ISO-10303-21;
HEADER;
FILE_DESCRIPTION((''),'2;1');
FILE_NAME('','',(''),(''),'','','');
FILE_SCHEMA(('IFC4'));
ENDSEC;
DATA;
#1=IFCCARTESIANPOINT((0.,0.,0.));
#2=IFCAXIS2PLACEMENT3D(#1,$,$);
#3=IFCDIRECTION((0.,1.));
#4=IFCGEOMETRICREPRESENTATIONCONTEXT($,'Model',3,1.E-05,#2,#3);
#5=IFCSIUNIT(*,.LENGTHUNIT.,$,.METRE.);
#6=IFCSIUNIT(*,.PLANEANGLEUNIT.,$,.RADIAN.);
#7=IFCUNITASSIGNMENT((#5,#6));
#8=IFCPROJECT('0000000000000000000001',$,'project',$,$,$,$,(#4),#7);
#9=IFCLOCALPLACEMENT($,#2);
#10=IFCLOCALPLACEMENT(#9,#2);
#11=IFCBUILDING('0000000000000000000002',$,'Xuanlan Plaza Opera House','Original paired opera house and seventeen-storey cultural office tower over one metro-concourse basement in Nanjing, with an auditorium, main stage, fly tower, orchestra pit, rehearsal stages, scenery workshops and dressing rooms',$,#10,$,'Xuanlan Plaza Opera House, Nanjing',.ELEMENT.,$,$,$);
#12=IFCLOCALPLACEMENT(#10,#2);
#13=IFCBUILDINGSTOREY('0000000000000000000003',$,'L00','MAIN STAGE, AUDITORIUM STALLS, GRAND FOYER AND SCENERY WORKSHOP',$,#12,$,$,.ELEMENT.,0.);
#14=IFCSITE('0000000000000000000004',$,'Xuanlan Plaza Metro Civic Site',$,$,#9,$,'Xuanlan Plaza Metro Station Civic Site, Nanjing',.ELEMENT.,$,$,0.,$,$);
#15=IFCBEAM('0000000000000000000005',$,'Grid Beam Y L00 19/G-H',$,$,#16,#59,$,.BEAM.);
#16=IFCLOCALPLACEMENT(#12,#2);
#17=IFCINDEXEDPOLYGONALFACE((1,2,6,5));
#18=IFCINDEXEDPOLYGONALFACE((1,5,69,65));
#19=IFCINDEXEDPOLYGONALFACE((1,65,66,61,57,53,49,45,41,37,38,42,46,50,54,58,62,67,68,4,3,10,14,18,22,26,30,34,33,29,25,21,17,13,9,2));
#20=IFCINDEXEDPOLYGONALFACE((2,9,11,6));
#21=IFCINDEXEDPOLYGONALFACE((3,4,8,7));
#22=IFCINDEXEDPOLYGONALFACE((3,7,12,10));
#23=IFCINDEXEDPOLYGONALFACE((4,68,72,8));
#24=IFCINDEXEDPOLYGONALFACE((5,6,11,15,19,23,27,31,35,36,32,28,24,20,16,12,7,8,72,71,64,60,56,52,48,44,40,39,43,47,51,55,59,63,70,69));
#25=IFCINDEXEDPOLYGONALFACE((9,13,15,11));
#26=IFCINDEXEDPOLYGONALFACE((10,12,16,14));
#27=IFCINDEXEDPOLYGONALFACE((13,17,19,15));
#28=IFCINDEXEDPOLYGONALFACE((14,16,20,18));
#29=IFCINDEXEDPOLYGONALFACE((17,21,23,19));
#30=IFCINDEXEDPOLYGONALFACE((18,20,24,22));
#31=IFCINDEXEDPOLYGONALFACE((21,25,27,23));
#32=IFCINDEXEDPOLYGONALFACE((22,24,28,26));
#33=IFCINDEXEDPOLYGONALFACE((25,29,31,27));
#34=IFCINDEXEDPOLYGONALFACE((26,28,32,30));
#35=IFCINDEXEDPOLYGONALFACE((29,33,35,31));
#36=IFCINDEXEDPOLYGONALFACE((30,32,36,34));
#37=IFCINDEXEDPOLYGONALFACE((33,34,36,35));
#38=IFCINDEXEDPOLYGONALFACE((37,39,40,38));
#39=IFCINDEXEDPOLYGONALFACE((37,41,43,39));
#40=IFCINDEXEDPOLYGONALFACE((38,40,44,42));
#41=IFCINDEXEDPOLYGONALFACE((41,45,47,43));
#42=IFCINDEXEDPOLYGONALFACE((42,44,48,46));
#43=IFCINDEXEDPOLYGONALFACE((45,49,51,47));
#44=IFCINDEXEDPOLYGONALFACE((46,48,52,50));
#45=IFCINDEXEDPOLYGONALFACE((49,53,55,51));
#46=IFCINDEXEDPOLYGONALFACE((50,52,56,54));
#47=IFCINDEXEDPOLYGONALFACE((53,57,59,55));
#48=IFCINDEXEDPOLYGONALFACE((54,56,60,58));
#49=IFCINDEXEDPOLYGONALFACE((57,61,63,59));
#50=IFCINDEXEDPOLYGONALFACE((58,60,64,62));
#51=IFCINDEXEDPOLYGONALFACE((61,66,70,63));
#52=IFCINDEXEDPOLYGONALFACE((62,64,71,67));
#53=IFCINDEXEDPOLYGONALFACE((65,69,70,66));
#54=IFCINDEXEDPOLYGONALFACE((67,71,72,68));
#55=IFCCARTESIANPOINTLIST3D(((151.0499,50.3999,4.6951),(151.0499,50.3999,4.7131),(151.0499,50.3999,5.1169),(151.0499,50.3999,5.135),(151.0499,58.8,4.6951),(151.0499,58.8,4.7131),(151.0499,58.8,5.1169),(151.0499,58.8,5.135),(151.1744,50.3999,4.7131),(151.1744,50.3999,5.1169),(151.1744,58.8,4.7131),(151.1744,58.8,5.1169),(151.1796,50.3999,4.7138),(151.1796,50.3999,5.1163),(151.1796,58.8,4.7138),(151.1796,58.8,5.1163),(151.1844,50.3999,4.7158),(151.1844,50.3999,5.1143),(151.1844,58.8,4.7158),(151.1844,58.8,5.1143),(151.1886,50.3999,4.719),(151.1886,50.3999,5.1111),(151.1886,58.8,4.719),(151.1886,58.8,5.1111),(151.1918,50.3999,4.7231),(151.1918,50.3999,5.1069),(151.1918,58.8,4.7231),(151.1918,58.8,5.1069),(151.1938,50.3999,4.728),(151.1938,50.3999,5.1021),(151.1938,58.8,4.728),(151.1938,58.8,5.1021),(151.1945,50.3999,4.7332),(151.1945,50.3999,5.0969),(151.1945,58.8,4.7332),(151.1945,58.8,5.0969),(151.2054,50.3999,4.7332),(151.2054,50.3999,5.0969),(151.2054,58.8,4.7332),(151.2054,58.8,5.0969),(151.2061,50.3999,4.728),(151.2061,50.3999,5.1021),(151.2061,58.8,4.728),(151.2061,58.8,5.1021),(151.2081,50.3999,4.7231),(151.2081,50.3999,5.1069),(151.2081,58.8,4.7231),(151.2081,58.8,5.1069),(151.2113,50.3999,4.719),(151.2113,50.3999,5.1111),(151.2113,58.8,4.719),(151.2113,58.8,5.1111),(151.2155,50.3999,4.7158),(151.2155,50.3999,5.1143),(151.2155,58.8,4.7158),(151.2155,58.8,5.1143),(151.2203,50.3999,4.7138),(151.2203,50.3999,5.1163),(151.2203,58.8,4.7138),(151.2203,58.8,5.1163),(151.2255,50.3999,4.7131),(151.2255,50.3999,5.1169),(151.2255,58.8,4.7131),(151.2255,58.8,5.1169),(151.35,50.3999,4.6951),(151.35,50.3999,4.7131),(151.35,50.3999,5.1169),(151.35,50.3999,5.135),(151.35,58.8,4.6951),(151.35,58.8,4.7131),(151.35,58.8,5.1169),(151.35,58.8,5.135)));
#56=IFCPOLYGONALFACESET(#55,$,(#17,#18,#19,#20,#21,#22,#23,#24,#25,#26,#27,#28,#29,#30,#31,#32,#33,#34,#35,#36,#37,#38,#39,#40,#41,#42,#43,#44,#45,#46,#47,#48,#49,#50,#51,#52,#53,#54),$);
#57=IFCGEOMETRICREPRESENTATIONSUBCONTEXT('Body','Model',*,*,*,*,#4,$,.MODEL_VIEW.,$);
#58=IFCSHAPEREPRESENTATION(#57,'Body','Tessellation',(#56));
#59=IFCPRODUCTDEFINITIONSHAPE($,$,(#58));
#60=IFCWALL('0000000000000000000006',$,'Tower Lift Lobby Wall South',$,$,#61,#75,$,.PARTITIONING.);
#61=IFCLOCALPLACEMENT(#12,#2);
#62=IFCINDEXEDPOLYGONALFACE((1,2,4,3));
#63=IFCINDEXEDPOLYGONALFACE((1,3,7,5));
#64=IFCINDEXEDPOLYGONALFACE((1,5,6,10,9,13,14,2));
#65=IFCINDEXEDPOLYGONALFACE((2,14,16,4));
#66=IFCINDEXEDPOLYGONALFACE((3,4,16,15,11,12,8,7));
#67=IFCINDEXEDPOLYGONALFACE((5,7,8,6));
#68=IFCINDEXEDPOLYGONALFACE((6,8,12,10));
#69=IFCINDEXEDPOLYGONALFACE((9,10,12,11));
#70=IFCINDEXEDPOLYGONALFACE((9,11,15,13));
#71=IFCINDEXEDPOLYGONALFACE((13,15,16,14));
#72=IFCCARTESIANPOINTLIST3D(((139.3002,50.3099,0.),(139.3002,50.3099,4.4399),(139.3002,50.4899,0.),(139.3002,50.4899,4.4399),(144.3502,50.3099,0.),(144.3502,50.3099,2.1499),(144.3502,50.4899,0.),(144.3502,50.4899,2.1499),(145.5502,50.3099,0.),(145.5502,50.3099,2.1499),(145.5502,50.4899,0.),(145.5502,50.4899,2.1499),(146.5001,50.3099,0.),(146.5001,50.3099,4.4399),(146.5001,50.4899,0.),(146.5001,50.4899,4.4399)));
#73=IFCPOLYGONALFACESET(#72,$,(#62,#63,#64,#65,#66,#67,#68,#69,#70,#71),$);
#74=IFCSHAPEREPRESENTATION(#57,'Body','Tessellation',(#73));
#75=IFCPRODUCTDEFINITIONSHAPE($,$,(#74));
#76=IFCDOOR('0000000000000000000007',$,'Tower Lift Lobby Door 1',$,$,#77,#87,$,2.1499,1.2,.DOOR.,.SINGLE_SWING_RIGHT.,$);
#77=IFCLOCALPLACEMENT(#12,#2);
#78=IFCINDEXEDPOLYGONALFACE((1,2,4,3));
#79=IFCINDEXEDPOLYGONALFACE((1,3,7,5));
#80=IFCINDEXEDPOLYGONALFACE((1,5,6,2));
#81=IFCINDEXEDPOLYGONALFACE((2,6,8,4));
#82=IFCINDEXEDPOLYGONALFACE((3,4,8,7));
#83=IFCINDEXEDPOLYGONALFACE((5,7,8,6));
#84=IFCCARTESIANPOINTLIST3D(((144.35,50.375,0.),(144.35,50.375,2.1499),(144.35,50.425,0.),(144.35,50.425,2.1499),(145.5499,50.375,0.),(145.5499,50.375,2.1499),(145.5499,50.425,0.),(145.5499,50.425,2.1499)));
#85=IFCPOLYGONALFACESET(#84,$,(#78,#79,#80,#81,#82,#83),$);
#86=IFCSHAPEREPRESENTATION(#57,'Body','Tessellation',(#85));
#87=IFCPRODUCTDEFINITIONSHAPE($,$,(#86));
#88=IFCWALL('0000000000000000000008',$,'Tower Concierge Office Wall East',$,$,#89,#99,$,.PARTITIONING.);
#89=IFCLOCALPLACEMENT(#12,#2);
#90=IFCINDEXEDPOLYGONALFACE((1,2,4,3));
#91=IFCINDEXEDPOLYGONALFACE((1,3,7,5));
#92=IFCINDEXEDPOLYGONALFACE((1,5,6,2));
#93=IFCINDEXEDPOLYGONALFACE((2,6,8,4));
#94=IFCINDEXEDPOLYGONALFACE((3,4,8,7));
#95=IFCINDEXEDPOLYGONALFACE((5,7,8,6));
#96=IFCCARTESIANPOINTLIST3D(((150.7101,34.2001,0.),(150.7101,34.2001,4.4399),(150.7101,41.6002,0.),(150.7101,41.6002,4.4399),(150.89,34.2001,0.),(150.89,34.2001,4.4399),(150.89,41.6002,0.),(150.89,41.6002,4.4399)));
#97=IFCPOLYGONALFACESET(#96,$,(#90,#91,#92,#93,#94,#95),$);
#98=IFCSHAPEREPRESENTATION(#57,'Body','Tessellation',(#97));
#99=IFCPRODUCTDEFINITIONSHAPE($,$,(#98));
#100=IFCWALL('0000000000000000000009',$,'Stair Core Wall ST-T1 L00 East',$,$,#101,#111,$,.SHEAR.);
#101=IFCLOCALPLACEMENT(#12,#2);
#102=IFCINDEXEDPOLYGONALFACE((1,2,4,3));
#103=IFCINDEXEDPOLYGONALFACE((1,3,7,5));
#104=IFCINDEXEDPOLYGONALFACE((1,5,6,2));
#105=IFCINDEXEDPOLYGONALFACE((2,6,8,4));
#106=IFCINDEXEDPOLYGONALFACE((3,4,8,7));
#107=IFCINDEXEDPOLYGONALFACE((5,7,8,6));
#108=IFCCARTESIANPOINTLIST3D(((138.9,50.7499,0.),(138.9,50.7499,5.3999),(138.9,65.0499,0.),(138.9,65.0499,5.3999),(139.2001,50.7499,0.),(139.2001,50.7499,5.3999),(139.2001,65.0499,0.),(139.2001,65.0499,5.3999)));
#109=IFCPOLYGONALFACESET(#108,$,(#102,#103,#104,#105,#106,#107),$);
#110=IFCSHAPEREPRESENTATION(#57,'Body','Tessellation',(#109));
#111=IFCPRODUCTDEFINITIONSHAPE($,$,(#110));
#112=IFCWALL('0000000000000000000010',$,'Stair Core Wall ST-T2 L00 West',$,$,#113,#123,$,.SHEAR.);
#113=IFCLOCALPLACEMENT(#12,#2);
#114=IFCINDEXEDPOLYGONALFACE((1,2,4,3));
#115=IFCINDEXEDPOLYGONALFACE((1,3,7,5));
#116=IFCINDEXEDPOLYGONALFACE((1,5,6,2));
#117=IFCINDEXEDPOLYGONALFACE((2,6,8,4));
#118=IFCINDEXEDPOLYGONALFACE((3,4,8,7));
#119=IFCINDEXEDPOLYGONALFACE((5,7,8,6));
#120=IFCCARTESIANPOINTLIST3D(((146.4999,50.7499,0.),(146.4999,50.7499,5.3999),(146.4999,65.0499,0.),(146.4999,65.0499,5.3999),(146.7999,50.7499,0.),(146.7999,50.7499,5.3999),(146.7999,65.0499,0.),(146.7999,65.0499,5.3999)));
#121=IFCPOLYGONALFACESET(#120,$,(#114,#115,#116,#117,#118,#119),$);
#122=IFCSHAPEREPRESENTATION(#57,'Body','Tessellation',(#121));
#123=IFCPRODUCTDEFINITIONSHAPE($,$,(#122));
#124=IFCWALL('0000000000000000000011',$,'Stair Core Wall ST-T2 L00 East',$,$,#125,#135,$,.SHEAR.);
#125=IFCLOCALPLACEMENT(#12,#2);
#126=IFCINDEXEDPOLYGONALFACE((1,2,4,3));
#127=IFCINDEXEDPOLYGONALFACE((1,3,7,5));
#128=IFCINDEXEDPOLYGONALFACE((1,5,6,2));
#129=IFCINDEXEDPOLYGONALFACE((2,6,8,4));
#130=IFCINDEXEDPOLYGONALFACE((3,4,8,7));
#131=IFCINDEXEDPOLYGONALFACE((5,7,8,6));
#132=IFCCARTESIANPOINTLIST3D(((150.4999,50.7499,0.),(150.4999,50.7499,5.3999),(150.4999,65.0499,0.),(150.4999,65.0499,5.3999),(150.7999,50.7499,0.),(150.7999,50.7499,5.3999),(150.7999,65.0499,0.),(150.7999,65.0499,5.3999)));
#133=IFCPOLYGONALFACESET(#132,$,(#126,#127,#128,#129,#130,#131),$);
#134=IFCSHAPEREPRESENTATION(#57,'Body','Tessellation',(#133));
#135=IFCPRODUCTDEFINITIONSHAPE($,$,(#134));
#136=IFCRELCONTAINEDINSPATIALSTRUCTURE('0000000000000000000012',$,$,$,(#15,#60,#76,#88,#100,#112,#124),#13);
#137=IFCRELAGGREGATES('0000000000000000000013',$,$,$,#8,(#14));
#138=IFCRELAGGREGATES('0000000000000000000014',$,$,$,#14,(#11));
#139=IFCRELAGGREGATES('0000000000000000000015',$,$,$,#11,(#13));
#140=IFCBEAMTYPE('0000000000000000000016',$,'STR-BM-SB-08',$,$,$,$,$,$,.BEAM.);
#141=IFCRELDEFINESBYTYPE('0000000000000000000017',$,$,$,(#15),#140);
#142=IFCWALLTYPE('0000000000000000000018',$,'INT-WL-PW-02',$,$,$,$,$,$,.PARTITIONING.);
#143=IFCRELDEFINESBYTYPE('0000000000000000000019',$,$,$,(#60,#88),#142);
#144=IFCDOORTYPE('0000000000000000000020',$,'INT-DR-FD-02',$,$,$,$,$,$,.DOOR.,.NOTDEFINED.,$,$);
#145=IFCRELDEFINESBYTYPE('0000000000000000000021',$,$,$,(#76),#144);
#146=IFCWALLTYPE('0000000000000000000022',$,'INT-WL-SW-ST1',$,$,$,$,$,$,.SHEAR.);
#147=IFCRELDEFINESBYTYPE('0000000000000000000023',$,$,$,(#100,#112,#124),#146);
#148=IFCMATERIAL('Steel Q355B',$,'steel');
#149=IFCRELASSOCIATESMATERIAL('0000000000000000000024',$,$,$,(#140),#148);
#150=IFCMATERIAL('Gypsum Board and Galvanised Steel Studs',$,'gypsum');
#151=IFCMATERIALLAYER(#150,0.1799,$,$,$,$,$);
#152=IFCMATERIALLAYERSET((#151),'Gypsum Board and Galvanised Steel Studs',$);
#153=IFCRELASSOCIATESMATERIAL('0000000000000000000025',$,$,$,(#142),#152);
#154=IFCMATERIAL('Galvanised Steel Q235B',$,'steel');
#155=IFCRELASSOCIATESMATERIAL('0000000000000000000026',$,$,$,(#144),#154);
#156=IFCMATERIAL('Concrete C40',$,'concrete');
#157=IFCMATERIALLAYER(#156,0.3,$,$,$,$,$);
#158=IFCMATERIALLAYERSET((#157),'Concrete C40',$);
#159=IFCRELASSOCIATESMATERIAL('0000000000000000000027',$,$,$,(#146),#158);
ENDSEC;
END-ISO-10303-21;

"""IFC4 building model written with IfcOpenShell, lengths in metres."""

from ifc_helpers import new_model, si_unit, direction, frame, frame_2d, origin, origin_2d, place, context, subcontext, project, spatial, rectangle, i_section, extrude, material, layer, layer_set, material_profile, profile_set, type_object, element, fill, save


model = new_model("IFC4")

# Units and contexts
model_context = context("Model", 3, precision=1e-05, world=origin(), true_north=direction((0.0, 1.0)))
body_context = subcontext(model_context, "Body", "Model", "MODEL_VIEW")
ifc_project = project(units=[si_unit("LENGTHUNIT", "METRE"), si_unit("PLANEANGLEUNIT", "RADIAN")], contexts=[model_context])

# Site, building, storey
site_placement = place(None, origin())
site = spatial("IfcSite", under=ifc_project, at=site_placement, Name="Xuanlan Plaza Metro Civic Site", LongName="Xuanlan Plaza Metro Station Civic Site, Nanjing", CompositionType="ELEMENT", RefElevation=0.0)
building_placement = place(site_placement, origin())
building = spatial("IfcBuilding", under=site, at=building_placement, Name="Xuanlan Plaza Opera House", Description="Original paired opera house and seventeen-storey cultural office tower over one metro-concourse basement in Nanjing, with an auditorium, main stage, fly tower, orchestra pit, rehearsal stages, scenery workshops and dressing rooms", LongName="Xuanlan Plaza Opera House, Nanjing", CompositionType="ELEMENT")
storey_placement = place(building_placement, origin())
storey = spatial("IfcBuildingStorey", under=building, at=storey_placement, Name="L00", Description="MAIN STAGE, AUDITORIUM STALLS, GRAND FOYER AND SCENERY WORKSHOP", CompositionType="ELEMENT", Elevation=0.0)

# Beam
ifc_material_1 = material(Name="Concrete C40", Category="concrete")
ifc_material_2 = material(Name="Steel Q355B", Category="steel")
ifc_material_profile_1 = material_profile(ifc_material_2, i_section(OverallWidth=0.3, OverallDepth=0.4399, WebThickness=0.011, FlangeThickness=0.0181, FilletRadius=0.02, at=origin_2d()), Name="HM 440x300x11x18")
ifc_profile_set_1 = profile_set([ifc_material_profile_1], Name="Steel Q355B")
beam_type_1 = type_object("IfcBeamType", Name="STR-BM-SB-08", PredefinedType="BEAM", material=ifc_profile_set_1)
beam_1_placement = place(storey_placement, frame((151.2, 50.3999, 4.915), z_axis=(0.0, 1.0, 0.0), x_axis=(-1.0, 0.0, 0.0)))
element("IfcBeam", 1, at=beam_1_placement, inside=storey, type_object=beam_type_1, Name="Grid Beam Y L00 19/G-H", PredefinedType="BEAM", context=body_context, shape_type="SweptSolid", body=[
    extrude(i_section(OverallWidth=0.3, OverallDepth=0.4399, WebThickness=0.011, FlangeThickness=0.0181, FilletRadius=0.02, at=origin_2d()), origin(), (0.0, 0.0, 1.0), 8.4001),
])

# Wall, opening, door
ifc_material_3 = material(Name="Gypsum Board and Galvanised Steel Studs", Category="gypsum")
ifc_layer_1 = layer(ifc_material_3, 0.1799)
ifc_layer_set_1 = layer_set([ifc_layer_1], Name="Gypsum Board and Galvanised Steel Studs")
wall_type_1 = type_object("IfcWallType", Name="INT-WL-PW-02", PredefinedType="PARTITIONING", material=ifc_layer_set_1)
wall_1_placement = place(storey_placement, frame((139.3, 50.3999, 0.0), z_axis=(0.0, 0.0, 1.0), x_axis=(1.0, 0.0, 0.0)))
wall_1 = element("IfcWall", 2, at=wall_1_placement, inside=storey, type_object=wall_type_1, Name="Tower Lift Lobby Wall South", PredefinedType="PARTITIONING", context=body_context, shape_type="SweptSolid", body=[
    extrude(rectangle(XDim=7.2, YDim=0.1799, at=frame_2d((3.6001, 0.0))), origin(), (0.0, 0.0, 1.0), 4.4399),
])
opening_1_placement = place(wall_1_placement, frame((5.05, 0.0, 0.0)))
opening_1 = element("IfcOpeningElement", 3, at=opening_1_placement, cuts=wall_1, PredefinedType="OPENING", context=body_context, shape_type="SweptSolid", body=[
    extrude(rectangle(XDim=1.2, YDim=2.1499, at=frame_2d((0.6001, 1.075))), frame((0.0, 0.0999, 0.0), z_axis=(0.0, -1.0, 0.0), x_axis=(1.0, 0.0, 0.0)), (0.0, 0.0, 1.0), 0.2),
])
ifc_material_4 = material(Name="Galvanised Steel Q235B", Category="steel")
door_type_1 = type_object("IfcDoorType", Name="INT-DR-FD-02", OperationType="NOTDEFINED", PredefinedType="DOOR", material=ifc_material_4)
door_1_placement = place(opening_1_placement, frame((1.2, 0.0, 0.0), z_axis=(0.0, 0.0, 1.0), x_axis=(-1.0, 0.0, 0.0)))
door_1 = element("IfcDoor", 4, at=door_1_placement, inside=storey, type_object=door_type_1, Name="Tower Lift Lobby Door 1", OperationType="SINGLE_SWING_RIGHT", OverallHeight=2.1499, OverallWidth=1.2, PredefinedType="DOOR", context=body_context, shape_type="SweptSolid", body=[
    extrude(rectangle(XDim=1.2, YDim=2.1499, at=frame_2d((0.6001, 1.075))), frame((0.0, 0.0249, 0.0), z_axis=(0.0, -1.0, 0.0), x_axis=(1.0, 0.0, 0.0)), (0.0, 0.0, 1.0), 0.05),
])
fill(opening_1, door_1)

# Walls
wall_2_placement = place(storey_placement, frame((150.8, 34.2, 0.0), z_axis=(0.0, 0.0, 1.0), x_axis=(0.0, 1.0, 0.0)))
element("IfcWall", 5, at=wall_2_placement, inside=storey, type_object=wall_type_1, Name="Tower Concierge Office Wall East", PredefinedType="PARTITIONING", context=body_context, shape_type="SweptSolid", body=[
    extrude(rectangle(XDim=7.4001, YDim=0.1799, at=frame_2d((3.7002, 0.0))), origin(), (0.0, 0.0, 1.0), 4.4399),
])
ifc_layer_2 = layer(ifc_material_1, 0.3)
ifc_layer_set_2 = layer_set([ifc_layer_2], Name="Concrete C40")
wall_type_2 = type_object("IfcWallType", Name="INT-WL-SW-ST1", PredefinedType="SHEAR", material=ifc_layer_set_2)
wall_3_placement = place(storey_placement, frame((139.05, 50.75, 0.0), z_axis=(0.0, 0.0, 1.0), x_axis=(0.0, 1.0, 0.0)))
element("IfcWall", 6, at=wall_3_placement, inside=storey, type_object=wall_type_2, Name="Stair Core Wall ST-T1 L00 East", PredefinedType="SHEAR", context=body_context, shape_type="SweptSolid", body=[
    extrude(rectangle(XDim=14.3, YDim=0.3, at=frame_2d((7.1499, 0.0))), origin(), (0.0, 0.0, 1.0), 5.3999),
])

# Walls
for number, where, z_axis, x_axis, name in (
    (7, (146.6499, 50.75, 0.0), (0.0, 0.0, 1.0), (0.0, 1.0, 0.0), "Stair Core Wall ST-T2 L00 West"),
    (8, (150.6499, 50.75, 0.0), (0.0, 0.0, 1.0), (0.0, 1.0, 0.0), "Stair Core Wall ST-T2 L00 East"),
):
    element("IfcWall", number, at=place(storey_placement, frame(where, z_axis=z_axis, x_axis=x_axis)), inside=storey, type_object=wall_type_2, Name=name, PredefinedType="SHEAR", context=body_context, shape_type="SweptSolid", body=[
        extrude(rectangle(XDim=14.3, YDim=0.3, at=frame_2d((7.1499, 0.0))), origin(), (0.0, 0.0, 1.0), 5.3999),
    ])

save(model, "model.ifc")
